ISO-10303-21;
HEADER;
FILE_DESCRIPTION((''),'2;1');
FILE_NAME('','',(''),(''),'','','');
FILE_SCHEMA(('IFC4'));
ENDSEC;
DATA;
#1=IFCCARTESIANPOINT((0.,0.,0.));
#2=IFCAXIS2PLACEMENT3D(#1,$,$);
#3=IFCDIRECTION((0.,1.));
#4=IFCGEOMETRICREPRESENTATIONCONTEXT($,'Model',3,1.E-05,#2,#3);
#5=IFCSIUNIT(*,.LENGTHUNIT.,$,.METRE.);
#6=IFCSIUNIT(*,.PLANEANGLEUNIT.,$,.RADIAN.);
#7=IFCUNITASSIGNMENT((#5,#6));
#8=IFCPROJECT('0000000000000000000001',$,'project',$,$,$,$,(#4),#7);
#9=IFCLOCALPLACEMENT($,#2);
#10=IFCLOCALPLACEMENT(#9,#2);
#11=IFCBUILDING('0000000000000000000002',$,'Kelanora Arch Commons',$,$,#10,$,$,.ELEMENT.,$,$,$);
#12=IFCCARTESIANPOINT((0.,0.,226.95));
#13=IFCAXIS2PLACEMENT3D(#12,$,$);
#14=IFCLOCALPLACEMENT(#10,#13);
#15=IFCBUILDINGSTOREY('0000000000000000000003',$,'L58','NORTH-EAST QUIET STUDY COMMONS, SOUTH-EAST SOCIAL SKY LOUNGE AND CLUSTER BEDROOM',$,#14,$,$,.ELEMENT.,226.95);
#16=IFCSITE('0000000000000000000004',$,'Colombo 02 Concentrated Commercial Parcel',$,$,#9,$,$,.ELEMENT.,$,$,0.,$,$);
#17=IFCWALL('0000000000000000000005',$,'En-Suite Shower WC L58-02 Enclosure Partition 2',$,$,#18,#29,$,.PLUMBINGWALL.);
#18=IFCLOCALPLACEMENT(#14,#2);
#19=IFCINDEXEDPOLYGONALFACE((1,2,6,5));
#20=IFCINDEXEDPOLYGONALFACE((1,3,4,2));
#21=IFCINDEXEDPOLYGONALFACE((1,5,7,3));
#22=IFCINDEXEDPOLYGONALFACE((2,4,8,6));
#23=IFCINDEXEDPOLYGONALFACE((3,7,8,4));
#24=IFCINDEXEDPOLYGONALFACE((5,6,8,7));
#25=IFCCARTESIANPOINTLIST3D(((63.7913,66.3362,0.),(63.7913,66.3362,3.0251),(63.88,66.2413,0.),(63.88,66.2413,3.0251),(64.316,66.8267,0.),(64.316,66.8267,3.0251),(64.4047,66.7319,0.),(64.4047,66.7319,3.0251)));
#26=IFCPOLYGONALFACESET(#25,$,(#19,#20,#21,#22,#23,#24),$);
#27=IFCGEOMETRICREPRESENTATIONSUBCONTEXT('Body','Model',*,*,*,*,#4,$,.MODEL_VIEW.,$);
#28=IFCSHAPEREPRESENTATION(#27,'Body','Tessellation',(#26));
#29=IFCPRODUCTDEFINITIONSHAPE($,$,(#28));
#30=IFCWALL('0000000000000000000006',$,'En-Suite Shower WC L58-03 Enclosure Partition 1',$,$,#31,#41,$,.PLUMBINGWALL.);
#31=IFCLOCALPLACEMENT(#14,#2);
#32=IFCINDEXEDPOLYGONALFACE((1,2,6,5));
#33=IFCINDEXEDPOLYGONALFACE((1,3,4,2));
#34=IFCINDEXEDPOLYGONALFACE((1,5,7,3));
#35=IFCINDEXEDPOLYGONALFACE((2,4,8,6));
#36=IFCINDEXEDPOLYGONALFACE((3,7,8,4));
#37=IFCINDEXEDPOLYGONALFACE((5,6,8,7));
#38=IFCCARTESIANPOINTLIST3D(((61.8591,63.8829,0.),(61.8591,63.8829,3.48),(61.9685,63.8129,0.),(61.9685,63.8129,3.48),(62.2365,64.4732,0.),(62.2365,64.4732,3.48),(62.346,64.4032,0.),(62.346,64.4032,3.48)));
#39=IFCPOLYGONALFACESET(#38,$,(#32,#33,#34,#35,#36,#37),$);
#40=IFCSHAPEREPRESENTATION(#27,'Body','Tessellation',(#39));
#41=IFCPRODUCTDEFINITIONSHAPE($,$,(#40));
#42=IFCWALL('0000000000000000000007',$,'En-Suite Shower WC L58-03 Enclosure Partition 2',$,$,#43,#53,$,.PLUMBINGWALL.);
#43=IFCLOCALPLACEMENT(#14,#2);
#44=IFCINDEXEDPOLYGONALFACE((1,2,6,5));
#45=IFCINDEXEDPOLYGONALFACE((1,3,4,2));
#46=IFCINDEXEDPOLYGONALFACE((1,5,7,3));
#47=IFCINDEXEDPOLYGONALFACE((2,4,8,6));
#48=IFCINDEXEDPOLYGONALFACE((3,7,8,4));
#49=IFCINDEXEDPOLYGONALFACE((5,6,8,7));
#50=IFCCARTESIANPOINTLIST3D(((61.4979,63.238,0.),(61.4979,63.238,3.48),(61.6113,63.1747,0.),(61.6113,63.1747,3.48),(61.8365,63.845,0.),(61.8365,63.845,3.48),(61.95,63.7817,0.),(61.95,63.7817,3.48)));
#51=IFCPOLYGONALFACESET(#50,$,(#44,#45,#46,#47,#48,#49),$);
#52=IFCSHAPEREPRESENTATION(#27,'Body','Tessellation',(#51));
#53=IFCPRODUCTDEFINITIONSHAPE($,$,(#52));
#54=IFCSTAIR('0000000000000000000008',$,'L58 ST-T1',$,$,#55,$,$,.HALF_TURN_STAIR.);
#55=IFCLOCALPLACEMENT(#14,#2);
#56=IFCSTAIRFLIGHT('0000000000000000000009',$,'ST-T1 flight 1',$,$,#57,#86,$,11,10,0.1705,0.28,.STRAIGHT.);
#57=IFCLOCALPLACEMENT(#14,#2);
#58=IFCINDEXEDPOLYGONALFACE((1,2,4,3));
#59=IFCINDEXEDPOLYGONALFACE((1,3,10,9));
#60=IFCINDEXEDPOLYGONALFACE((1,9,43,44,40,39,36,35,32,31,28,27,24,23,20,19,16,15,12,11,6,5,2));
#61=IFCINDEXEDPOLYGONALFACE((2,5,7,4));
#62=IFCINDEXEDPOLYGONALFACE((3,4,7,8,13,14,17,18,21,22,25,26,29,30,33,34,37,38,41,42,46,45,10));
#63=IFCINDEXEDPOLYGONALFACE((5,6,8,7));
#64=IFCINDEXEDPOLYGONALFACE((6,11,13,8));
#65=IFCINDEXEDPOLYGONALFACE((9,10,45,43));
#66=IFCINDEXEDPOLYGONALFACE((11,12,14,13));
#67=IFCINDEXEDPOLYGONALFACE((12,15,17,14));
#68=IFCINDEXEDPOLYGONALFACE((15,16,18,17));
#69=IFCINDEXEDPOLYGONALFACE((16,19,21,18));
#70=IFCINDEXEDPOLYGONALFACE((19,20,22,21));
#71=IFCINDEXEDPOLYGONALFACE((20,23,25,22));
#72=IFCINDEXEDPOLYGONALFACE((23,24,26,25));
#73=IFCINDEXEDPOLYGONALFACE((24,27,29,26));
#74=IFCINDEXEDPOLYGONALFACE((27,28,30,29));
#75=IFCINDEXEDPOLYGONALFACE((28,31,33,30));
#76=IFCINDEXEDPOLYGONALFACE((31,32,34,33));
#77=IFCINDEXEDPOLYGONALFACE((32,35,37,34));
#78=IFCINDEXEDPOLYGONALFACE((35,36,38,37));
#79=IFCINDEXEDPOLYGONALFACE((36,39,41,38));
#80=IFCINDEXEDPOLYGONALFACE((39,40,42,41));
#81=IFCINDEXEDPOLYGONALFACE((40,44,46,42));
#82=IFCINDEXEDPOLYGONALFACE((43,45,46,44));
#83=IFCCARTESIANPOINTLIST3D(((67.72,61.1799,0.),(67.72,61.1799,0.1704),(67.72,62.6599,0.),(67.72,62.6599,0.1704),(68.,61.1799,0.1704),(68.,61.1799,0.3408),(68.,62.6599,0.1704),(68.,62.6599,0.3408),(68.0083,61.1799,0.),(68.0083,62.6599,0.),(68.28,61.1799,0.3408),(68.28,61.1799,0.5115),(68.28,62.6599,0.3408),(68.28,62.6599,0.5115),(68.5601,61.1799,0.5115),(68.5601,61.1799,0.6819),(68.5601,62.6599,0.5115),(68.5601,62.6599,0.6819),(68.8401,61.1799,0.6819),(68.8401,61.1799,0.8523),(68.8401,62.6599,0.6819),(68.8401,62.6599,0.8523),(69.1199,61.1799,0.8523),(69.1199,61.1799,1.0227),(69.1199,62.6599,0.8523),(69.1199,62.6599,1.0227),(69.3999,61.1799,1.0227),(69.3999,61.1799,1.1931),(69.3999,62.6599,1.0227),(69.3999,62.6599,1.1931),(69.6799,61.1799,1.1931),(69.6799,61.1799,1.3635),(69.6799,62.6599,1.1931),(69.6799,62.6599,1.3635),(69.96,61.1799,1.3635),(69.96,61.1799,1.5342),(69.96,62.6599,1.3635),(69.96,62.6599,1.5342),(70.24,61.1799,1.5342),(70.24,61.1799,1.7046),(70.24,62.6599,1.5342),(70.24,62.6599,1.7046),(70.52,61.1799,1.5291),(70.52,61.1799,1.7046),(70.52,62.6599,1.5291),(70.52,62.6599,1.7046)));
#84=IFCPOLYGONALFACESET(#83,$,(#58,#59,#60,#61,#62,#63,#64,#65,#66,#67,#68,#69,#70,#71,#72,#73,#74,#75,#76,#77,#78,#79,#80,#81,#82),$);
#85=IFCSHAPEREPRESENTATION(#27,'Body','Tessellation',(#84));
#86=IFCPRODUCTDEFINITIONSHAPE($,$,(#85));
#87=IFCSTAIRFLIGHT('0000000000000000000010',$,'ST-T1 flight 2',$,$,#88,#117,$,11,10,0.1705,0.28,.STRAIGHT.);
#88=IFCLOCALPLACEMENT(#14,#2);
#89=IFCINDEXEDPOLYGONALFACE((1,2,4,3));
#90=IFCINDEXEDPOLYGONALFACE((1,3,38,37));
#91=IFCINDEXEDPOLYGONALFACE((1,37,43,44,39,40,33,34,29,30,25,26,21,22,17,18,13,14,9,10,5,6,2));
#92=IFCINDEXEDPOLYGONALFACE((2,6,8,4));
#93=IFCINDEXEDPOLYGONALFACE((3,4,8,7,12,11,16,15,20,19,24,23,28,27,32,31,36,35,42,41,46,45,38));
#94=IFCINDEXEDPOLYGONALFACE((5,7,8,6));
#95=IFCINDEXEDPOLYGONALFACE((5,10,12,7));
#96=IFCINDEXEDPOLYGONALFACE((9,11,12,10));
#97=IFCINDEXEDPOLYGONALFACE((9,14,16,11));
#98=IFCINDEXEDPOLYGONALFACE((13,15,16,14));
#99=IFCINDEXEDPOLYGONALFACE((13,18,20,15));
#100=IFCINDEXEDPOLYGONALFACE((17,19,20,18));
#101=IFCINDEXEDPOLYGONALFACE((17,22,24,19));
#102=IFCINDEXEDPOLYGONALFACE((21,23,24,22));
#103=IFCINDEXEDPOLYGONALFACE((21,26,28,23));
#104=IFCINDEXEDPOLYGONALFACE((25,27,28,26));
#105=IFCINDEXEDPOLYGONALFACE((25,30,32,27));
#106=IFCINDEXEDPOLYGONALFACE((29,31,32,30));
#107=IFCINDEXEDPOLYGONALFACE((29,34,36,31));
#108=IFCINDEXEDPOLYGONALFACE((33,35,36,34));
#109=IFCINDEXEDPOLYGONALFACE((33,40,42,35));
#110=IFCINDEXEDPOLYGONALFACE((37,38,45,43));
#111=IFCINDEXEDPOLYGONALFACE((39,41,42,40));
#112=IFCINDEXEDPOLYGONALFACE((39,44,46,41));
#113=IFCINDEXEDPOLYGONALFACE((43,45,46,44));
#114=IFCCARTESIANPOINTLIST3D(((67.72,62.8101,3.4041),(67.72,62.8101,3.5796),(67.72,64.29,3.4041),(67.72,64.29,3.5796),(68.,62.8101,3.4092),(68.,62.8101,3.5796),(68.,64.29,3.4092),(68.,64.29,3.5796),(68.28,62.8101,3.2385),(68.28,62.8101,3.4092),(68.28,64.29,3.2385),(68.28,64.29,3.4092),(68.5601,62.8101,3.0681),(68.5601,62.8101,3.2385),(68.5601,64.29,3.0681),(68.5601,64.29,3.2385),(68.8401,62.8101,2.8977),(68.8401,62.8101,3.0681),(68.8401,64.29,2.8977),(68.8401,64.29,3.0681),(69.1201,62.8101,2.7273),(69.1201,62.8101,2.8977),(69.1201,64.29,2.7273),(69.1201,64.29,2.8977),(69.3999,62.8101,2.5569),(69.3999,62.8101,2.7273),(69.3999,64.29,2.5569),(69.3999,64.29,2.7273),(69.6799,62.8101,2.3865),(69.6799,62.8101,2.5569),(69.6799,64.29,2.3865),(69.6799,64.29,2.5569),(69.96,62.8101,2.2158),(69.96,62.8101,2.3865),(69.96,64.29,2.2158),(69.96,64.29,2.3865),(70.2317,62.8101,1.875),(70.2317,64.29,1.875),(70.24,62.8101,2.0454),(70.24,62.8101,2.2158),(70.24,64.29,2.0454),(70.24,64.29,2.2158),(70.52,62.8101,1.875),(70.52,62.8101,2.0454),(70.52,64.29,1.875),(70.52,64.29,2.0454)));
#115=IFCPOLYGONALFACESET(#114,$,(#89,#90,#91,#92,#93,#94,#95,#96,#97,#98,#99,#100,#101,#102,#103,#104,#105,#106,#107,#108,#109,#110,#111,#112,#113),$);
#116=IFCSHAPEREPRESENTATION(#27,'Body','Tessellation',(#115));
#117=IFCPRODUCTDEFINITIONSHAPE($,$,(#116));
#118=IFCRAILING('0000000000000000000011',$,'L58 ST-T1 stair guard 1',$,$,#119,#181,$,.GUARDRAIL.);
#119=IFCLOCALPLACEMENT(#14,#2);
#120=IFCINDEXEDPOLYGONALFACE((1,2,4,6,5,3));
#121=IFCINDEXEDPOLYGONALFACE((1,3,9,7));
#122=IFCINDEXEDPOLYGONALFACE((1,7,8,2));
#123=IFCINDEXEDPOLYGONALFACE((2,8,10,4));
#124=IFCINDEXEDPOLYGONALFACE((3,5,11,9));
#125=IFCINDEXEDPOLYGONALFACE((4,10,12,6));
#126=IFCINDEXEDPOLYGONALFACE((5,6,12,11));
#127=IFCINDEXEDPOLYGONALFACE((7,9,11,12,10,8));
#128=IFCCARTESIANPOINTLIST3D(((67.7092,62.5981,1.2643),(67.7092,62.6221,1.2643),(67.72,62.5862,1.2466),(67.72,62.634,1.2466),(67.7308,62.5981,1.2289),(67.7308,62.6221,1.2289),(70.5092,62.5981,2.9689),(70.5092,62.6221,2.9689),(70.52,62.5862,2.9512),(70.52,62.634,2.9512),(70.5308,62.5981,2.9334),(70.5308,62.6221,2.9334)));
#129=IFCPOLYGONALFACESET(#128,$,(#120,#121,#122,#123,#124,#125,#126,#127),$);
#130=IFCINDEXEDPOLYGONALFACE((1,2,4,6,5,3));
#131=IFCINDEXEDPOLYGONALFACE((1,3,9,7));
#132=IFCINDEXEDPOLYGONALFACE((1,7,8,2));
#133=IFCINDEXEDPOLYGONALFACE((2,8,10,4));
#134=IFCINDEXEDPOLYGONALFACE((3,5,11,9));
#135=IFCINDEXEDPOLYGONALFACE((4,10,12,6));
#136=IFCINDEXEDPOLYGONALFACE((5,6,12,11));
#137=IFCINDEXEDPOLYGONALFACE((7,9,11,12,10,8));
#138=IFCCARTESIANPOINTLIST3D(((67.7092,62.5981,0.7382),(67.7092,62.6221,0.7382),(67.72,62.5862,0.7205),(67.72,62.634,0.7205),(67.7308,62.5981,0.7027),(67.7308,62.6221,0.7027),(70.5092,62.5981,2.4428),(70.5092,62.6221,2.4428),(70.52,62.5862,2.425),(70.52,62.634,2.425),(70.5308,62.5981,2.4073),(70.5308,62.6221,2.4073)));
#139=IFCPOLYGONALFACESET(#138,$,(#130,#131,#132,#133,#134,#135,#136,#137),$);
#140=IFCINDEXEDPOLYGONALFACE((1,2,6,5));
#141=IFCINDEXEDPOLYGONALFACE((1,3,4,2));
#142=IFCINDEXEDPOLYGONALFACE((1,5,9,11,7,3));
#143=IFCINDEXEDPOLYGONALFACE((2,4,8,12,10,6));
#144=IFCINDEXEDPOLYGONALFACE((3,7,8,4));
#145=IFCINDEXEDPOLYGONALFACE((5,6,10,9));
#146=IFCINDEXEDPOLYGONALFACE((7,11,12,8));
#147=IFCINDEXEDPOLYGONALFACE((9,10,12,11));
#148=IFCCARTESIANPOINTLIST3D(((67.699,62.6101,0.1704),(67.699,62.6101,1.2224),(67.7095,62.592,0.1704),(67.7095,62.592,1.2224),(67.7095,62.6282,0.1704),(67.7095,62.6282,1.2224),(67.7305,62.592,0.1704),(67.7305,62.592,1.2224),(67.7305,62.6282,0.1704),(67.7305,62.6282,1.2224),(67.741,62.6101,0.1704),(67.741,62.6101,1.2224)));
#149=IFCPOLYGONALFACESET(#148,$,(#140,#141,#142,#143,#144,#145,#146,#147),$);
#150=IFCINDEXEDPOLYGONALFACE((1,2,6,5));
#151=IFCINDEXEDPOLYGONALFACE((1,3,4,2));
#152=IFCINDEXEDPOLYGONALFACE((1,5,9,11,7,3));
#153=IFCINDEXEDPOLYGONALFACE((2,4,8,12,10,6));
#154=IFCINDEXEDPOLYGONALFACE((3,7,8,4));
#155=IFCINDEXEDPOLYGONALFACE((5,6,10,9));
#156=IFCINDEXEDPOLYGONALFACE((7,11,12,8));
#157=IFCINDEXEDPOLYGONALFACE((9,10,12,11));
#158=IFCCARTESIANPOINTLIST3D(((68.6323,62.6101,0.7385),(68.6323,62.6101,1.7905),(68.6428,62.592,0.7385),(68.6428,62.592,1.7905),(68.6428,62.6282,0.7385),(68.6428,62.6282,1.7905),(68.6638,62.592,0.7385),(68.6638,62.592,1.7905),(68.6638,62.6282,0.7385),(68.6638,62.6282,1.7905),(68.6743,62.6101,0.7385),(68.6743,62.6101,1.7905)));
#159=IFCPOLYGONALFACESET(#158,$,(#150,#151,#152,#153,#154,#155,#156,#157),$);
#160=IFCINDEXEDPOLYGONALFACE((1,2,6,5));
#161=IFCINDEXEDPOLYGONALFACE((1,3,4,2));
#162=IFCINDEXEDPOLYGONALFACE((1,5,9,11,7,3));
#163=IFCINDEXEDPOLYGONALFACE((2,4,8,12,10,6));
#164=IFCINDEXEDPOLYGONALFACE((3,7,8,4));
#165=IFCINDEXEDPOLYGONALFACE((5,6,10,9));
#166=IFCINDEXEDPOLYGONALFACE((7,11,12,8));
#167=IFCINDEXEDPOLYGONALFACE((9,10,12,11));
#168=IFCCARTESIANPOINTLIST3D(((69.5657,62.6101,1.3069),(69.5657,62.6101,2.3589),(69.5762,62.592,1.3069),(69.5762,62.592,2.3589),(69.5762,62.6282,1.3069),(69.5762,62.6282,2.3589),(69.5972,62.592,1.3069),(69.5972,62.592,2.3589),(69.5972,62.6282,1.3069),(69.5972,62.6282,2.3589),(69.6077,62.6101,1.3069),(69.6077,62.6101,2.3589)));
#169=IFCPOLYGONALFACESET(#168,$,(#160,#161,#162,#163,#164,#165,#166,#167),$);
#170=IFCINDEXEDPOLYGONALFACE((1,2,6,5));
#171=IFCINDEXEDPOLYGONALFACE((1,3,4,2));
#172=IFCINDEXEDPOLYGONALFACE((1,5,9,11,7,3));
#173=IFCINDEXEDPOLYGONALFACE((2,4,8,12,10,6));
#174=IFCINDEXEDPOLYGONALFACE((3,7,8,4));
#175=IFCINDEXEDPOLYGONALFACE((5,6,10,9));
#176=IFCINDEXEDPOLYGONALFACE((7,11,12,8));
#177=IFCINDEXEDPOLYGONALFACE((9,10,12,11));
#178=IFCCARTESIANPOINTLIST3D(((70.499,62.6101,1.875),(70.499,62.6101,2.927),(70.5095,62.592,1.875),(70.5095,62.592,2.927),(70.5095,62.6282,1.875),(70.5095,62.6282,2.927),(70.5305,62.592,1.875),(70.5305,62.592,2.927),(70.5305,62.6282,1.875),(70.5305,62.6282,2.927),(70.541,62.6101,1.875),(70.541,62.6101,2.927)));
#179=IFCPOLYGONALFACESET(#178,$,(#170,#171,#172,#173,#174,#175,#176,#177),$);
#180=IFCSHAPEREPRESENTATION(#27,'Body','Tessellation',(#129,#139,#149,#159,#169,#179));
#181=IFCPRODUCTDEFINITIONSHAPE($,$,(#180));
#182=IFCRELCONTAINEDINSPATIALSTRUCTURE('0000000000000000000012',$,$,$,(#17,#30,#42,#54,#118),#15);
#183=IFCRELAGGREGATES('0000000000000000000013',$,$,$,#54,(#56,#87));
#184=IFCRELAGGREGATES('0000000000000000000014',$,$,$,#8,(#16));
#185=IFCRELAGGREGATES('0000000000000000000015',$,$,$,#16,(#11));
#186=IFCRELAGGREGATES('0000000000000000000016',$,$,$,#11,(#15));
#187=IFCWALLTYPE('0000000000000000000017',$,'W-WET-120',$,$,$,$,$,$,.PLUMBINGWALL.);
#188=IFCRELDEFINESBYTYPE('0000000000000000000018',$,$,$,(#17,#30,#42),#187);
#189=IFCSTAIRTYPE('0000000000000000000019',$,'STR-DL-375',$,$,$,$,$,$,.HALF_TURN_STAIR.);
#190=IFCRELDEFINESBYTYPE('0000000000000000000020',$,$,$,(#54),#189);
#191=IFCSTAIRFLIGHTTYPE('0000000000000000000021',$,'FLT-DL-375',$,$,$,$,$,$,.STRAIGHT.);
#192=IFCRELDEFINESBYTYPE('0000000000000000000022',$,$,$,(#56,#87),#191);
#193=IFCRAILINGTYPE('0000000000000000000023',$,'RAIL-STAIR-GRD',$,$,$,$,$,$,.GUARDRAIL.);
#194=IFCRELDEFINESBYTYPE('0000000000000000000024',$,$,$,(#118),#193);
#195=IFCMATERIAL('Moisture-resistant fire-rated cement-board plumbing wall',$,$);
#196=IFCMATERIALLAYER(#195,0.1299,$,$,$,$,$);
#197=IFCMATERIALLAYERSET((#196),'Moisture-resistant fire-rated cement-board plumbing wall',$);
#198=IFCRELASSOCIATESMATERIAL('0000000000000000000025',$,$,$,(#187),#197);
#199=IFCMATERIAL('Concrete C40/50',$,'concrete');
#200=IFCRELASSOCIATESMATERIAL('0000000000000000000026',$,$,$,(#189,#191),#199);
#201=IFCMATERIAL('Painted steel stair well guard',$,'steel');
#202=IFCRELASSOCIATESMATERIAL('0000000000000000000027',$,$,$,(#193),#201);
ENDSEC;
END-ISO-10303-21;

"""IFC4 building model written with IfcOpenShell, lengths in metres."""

from ifc_helpers import new_model, si_unit, direction, frame, frame_2d, origin, place, context, subcontext, project, spatial, polyline, rectangle, outline, extrude, material, layer, layer_set, type_object, element, aggregate, save


model = new_model("IFC4")

# Units and contexts
model_context = context("Model", 3, precision=1e-05, world=origin(), true_north=direction((0.0, 1.0)))
body_context = subcontext(model_context, "Body", "Model", "MODEL_VIEW")
ifc_project = project(units=[si_unit("LENGTHUNIT", "METRE"), si_unit("PLANEANGLEUNIT", "RADIAN")], contexts=[model_context])

# Site, building, storey
site_placement = place(None, origin())
site = spatial("IfcSite", under=ifc_project, at=site_placement, Name="Colombo 02 Concentrated Commercial Parcel", CompositionType="ELEMENT", RefElevation=0.0)
building_placement = place(site_placement, origin())
building = spatial("IfcBuilding", under=site, at=building_placement, Name="Kelanora Arch Commons", CompositionType="ELEMENT")
storey_placement = place(building_placement, frame((0.0, 0.0, 226.95)))
storey = spatial("IfcBuildingStorey", under=building, at=storey_placement, Name="L58", Description="NORTH-EAST QUIET STUDY COMMONS, SOUTH-EAST SOCIAL SKY LOUNGE AND CLUSTER BEDROOM", CompositionType="ELEMENT", Elevation=226.95)

# Shared definitions
ifc_material_1 = material(Name="Concrete C40/50", Category="concrete")
ifc_material_2 = material(Name="Moisture-resistant fire-rated cement-board plumbing wall")
ifc_layer_1 = layer(ifc_material_2, 0.1299)
ifc_layer_set_1 = layer_set([ifc_layer_1], Name="Moisture-resistant fire-rated cement-board plumbing wall")
wall_type_1 = type_object("IfcWallType", Name="W-WET-120", PredefinedType="PLUMBINGWALL", material=ifc_layer_set_1)

# Walls
wall_1_placement = place(storey_placement, frame((64.3604, 66.7793, 0.0), z_axis=(0.0, 0.0, 1.0), x_axis=(-0.730501, -0.682911, 0.0)))
element("IfcWall", 1, at=wall_1_placement, inside=storey, type_object=wall_type_1, Name="En-Suite Shower WC L58-02 Enclosure Partition 2", PredefinedType="PLUMBINGWALL", context=body_context, shape_type="SweptSolid", body=[
    extrude(rectangle(XDim=0.7183, YDim=0.1299, at=frame_2d((0.3591, 0.0))), origin(), (0.0, 0.0, 1.0), 3.0251),
])
wall_2_placement = place(storey_placement, frame((62.2913, 64.4382, 0.0), z_axis=(0.0, 0.0, 1.0), x_axis=(-0.538678, -0.842512, 0.0)))
element("IfcWall", 2, at=wall_2_placement, inside=storey, type_object=wall_type_1, Name="En-Suite Shower WC L58-03 Enclosure Partition 1", PredefinedType="PLUMBINGWALL", context=body_context, shape_type="SweptSolid", body=[
    extrude(rectangle(XDim=0.7007, YDim=0.1299, at=frame_2d((0.3503, 0.0))), origin(), (0.0, 0.0, 1.0), 3.48),
])
wall_3_placement = place(storey_placement, frame((61.8933, 63.8135, 0.0), z_axis=(0.0, 0.0, 1.0), x_axis=(-0.487223, -0.873278, 0.0)))
element("IfcWall", 3, at=wall_3_placement, inside=storey, type_object=wall_type_1, Name="En-Suite Shower WC L58-03 Enclosure Partition 2", PredefinedType="PLUMBINGWALL", context=body_context, shape_type="SweptSolid", body=[
    extrude(rectangle(XDim=0.6951, YDim=0.1299, at=frame_2d((0.3477, 0.0))), origin(), (0.0, 0.0, 1.0), 3.48),
])

# Stair, stair flights
stair_type = type_object("IfcStairType", Name="STR-DL-375", PredefinedType="HALF_TURN_STAIR", material=ifc_material_1)
stair_placement = place(storey_placement, origin())
stair = element("IfcStair", 4, at=stair_placement, inside=storey, type_object=stair_type, Name="L58 ST-T1", PredefinedType="HALF_TURN_STAIR")
stair_flight_type = type_object("IfcStairFlightType", Name="FLT-DL-375", PredefinedType="STRAIGHT", material=ifc_material_1)
stair_flight_1_placement = place(storey_placement, frame((67.72, 61.9199, 0.0), z_axis=(0.0, 0.0, 1.0), x_axis=(1.0, 0.0, 0.0)))
stair_flight_1 = element("IfcStairFlight", 5, at=stair_flight_1_placement, type_object=stair_flight_type, Name="ST-T1 flight 1", NumberOfRisers=11, NumberOfTreads=10, PredefinedType="STRAIGHT", RiserHeight=0.1705, TreadLength=0.28, context=body_context, shape_type="SweptSolid", body=[
    extrude(outline(polyline([(0.0, 0.0), (0.0, 0.1704), (0.28, 0.1704), (0.28, 0.3408), (0.5601, 0.3408), (0.5601, 0.5115), (0.8401, 0.5115), (0.8401, 0.6819), (1.1201, 0.6819), (1.1201, 0.8523), (1.3999, 0.8523), (1.3999, 1.0227), (1.6799, 1.0227), (1.6799, 1.1931), (1.96, 1.1931), (1.96, 1.3635), (2.24, 1.3635), (2.24, 1.5342), (2.52, 1.5342), (2.52, 1.7046), (2.8, 1.7046), (2.8, 1.875), (2.8, 1.5291), (0.2883, 0.0), (0.0, 0.0)])), frame((0.0, 0.74, 0.0), z_axis=(0.0, -1.0, 0.0), x_axis=(1.0, 0.0, 0.0)), (0.0, 0.0, 1.0), 1.48),
])
stair_flight_2_placement = place(storey_placement, frame((70.52, 63.55, 1.875), z_axis=(0.0, 0.0, 1.0), x_axis=(-1.0, 0.0, 0.0)))
stair_flight_2 = element("IfcStairFlight", 6, at=stair_flight_2_placement, type_object=stair_flight_type, Name="ST-T1 flight 2", NumberOfRisers=11, NumberOfTreads=10, PredefinedType="STRAIGHT", RiserHeight=0.1705, TreadLength=0.28, context=body_context, shape_type="SweptSolid", body=[
    extrude(outline(polyline([(0.0, 0.0), (0.0, 0.1704), (0.28, 0.1704), (0.28, 0.3408), (0.5601, 0.3408), (0.5601, 0.5115), (0.8401, 0.5115), (0.8401, 0.6819), (1.1201, 0.6819), (1.1201, 0.8523), (1.3999, 0.8523), (1.3999, 1.0227), (1.6799, 1.0227), (1.6799, 1.1931), (1.96, 1.1931), (1.96, 1.3635), (2.24, 1.3635), (2.24, 1.5342), (2.52, 1.5342), (2.52, 1.7046), (2.8, 1.7046), (2.8, 1.875), (2.8, 1.5291), (0.2883, 0.0), (0.0, 0.0)])), frame((0.0, 0.74, 0.0), z_axis=(0.0, -1.0, 0.0), x_axis=(1.0, 0.0, 0.0)), (0.0, 0.0, 1.0), 1.48),
])
aggregate(stair, [stair_flight_1, stair_flight_2])

# Railing
ifc_material_3 = material(Name="Painted steel stair well guard", Category="steel")
railing_type_1 = type_object("IfcRailingType", Name="RAIL-STAIR-GRD", PredefinedType="GUARDRAIL", material=ifc_material_3)
railing_1_placement = place(storey_placement, frame((67.72, 62.6101, 0.1704)))
element("IfcRailing", 7, at=railing_1_placement, inside=storey, type_object=railing_type_1, Name="L58 ST-T1 stair guard 1", PredefinedType="GUARDRAIL", context=body_context, shape_type="SweptSolid", body=[
    extrude(outline(polyline([(0.0239, 0.0), (0.012, 0.0208), (-0.012, 0.0208), (-0.0239, 0.0), (-0.012, -0.0208), (0.012, -0.0208), (0.0239, 0.0)])), frame((0.0, 0.0, 1.0762), z_axis=(0.85417, 0.0, 0.519994), x_axis=(0.0, 1.0, 0.0)), (0.0, 0.0, 1.0), 3.2781),
    extrude(outline(polyline([(0.0239, 0.0), (0.012, 0.0208), (-0.012, 0.0208), (-0.0239, 0.0), (-0.012, -0.0208), (0.012, -0.0208), (0.0239, 0.0)])), frame((0.0, 0.0, 0.55), z_axis=(0.85417, 0.0, 0.519994), x_axis=(0.0, 1.0, 0.0)), (0.0, 0.0, 1.0), 3.2781),
    extrude(outline(polyline([(0.021, 0.0), (0.0105, 0.0181), (-0.0105, 0.0181), (-0.021, 0.0), (-0.0105, -0.0181), (0.0105, -0.0181), (0.021, 0.0)])), origin(), (0.0, 0.0, 1.0), 1.052),
    extrude(outline(polyline([(0.021, 0.0), (0.0105, 0.0181), (-0.0105, 0.0181), (-0.021, 0.0), (-0.0105, -0.0181), (0.0105, -0.0181), (0.021, 0.0)])), frame((0.9333, 0.0, 0.5681)), (0.0, 0.0, 1.0), 1.052),
    extrude(outline(polyline([(0.021, 0.0), (0.0105, 0.0181), (-0.0105, 0.0181), (-0.021, 0.0), (-0.0105, -0.0181), (0.0105, -0.0181), (0.021, 0.0)])), frame((1.8667, 0.0, 1.1365)), (0.0, 0.0, 1.0), 1.052),
    extrude(outline(polyline([(0.021, 0.0), (0.0105, 0.0181), (-0.0105, 0.0181), (-0.021, 0.0), (-0.0105, -0.0181), (0.0105, -0.0181), (0.021, 0.0)])), frame((2.8, 0.0, 1.7046)), (0.0, 0.0, 1.0), 1.052),
])

save(model, "model.ifc")
